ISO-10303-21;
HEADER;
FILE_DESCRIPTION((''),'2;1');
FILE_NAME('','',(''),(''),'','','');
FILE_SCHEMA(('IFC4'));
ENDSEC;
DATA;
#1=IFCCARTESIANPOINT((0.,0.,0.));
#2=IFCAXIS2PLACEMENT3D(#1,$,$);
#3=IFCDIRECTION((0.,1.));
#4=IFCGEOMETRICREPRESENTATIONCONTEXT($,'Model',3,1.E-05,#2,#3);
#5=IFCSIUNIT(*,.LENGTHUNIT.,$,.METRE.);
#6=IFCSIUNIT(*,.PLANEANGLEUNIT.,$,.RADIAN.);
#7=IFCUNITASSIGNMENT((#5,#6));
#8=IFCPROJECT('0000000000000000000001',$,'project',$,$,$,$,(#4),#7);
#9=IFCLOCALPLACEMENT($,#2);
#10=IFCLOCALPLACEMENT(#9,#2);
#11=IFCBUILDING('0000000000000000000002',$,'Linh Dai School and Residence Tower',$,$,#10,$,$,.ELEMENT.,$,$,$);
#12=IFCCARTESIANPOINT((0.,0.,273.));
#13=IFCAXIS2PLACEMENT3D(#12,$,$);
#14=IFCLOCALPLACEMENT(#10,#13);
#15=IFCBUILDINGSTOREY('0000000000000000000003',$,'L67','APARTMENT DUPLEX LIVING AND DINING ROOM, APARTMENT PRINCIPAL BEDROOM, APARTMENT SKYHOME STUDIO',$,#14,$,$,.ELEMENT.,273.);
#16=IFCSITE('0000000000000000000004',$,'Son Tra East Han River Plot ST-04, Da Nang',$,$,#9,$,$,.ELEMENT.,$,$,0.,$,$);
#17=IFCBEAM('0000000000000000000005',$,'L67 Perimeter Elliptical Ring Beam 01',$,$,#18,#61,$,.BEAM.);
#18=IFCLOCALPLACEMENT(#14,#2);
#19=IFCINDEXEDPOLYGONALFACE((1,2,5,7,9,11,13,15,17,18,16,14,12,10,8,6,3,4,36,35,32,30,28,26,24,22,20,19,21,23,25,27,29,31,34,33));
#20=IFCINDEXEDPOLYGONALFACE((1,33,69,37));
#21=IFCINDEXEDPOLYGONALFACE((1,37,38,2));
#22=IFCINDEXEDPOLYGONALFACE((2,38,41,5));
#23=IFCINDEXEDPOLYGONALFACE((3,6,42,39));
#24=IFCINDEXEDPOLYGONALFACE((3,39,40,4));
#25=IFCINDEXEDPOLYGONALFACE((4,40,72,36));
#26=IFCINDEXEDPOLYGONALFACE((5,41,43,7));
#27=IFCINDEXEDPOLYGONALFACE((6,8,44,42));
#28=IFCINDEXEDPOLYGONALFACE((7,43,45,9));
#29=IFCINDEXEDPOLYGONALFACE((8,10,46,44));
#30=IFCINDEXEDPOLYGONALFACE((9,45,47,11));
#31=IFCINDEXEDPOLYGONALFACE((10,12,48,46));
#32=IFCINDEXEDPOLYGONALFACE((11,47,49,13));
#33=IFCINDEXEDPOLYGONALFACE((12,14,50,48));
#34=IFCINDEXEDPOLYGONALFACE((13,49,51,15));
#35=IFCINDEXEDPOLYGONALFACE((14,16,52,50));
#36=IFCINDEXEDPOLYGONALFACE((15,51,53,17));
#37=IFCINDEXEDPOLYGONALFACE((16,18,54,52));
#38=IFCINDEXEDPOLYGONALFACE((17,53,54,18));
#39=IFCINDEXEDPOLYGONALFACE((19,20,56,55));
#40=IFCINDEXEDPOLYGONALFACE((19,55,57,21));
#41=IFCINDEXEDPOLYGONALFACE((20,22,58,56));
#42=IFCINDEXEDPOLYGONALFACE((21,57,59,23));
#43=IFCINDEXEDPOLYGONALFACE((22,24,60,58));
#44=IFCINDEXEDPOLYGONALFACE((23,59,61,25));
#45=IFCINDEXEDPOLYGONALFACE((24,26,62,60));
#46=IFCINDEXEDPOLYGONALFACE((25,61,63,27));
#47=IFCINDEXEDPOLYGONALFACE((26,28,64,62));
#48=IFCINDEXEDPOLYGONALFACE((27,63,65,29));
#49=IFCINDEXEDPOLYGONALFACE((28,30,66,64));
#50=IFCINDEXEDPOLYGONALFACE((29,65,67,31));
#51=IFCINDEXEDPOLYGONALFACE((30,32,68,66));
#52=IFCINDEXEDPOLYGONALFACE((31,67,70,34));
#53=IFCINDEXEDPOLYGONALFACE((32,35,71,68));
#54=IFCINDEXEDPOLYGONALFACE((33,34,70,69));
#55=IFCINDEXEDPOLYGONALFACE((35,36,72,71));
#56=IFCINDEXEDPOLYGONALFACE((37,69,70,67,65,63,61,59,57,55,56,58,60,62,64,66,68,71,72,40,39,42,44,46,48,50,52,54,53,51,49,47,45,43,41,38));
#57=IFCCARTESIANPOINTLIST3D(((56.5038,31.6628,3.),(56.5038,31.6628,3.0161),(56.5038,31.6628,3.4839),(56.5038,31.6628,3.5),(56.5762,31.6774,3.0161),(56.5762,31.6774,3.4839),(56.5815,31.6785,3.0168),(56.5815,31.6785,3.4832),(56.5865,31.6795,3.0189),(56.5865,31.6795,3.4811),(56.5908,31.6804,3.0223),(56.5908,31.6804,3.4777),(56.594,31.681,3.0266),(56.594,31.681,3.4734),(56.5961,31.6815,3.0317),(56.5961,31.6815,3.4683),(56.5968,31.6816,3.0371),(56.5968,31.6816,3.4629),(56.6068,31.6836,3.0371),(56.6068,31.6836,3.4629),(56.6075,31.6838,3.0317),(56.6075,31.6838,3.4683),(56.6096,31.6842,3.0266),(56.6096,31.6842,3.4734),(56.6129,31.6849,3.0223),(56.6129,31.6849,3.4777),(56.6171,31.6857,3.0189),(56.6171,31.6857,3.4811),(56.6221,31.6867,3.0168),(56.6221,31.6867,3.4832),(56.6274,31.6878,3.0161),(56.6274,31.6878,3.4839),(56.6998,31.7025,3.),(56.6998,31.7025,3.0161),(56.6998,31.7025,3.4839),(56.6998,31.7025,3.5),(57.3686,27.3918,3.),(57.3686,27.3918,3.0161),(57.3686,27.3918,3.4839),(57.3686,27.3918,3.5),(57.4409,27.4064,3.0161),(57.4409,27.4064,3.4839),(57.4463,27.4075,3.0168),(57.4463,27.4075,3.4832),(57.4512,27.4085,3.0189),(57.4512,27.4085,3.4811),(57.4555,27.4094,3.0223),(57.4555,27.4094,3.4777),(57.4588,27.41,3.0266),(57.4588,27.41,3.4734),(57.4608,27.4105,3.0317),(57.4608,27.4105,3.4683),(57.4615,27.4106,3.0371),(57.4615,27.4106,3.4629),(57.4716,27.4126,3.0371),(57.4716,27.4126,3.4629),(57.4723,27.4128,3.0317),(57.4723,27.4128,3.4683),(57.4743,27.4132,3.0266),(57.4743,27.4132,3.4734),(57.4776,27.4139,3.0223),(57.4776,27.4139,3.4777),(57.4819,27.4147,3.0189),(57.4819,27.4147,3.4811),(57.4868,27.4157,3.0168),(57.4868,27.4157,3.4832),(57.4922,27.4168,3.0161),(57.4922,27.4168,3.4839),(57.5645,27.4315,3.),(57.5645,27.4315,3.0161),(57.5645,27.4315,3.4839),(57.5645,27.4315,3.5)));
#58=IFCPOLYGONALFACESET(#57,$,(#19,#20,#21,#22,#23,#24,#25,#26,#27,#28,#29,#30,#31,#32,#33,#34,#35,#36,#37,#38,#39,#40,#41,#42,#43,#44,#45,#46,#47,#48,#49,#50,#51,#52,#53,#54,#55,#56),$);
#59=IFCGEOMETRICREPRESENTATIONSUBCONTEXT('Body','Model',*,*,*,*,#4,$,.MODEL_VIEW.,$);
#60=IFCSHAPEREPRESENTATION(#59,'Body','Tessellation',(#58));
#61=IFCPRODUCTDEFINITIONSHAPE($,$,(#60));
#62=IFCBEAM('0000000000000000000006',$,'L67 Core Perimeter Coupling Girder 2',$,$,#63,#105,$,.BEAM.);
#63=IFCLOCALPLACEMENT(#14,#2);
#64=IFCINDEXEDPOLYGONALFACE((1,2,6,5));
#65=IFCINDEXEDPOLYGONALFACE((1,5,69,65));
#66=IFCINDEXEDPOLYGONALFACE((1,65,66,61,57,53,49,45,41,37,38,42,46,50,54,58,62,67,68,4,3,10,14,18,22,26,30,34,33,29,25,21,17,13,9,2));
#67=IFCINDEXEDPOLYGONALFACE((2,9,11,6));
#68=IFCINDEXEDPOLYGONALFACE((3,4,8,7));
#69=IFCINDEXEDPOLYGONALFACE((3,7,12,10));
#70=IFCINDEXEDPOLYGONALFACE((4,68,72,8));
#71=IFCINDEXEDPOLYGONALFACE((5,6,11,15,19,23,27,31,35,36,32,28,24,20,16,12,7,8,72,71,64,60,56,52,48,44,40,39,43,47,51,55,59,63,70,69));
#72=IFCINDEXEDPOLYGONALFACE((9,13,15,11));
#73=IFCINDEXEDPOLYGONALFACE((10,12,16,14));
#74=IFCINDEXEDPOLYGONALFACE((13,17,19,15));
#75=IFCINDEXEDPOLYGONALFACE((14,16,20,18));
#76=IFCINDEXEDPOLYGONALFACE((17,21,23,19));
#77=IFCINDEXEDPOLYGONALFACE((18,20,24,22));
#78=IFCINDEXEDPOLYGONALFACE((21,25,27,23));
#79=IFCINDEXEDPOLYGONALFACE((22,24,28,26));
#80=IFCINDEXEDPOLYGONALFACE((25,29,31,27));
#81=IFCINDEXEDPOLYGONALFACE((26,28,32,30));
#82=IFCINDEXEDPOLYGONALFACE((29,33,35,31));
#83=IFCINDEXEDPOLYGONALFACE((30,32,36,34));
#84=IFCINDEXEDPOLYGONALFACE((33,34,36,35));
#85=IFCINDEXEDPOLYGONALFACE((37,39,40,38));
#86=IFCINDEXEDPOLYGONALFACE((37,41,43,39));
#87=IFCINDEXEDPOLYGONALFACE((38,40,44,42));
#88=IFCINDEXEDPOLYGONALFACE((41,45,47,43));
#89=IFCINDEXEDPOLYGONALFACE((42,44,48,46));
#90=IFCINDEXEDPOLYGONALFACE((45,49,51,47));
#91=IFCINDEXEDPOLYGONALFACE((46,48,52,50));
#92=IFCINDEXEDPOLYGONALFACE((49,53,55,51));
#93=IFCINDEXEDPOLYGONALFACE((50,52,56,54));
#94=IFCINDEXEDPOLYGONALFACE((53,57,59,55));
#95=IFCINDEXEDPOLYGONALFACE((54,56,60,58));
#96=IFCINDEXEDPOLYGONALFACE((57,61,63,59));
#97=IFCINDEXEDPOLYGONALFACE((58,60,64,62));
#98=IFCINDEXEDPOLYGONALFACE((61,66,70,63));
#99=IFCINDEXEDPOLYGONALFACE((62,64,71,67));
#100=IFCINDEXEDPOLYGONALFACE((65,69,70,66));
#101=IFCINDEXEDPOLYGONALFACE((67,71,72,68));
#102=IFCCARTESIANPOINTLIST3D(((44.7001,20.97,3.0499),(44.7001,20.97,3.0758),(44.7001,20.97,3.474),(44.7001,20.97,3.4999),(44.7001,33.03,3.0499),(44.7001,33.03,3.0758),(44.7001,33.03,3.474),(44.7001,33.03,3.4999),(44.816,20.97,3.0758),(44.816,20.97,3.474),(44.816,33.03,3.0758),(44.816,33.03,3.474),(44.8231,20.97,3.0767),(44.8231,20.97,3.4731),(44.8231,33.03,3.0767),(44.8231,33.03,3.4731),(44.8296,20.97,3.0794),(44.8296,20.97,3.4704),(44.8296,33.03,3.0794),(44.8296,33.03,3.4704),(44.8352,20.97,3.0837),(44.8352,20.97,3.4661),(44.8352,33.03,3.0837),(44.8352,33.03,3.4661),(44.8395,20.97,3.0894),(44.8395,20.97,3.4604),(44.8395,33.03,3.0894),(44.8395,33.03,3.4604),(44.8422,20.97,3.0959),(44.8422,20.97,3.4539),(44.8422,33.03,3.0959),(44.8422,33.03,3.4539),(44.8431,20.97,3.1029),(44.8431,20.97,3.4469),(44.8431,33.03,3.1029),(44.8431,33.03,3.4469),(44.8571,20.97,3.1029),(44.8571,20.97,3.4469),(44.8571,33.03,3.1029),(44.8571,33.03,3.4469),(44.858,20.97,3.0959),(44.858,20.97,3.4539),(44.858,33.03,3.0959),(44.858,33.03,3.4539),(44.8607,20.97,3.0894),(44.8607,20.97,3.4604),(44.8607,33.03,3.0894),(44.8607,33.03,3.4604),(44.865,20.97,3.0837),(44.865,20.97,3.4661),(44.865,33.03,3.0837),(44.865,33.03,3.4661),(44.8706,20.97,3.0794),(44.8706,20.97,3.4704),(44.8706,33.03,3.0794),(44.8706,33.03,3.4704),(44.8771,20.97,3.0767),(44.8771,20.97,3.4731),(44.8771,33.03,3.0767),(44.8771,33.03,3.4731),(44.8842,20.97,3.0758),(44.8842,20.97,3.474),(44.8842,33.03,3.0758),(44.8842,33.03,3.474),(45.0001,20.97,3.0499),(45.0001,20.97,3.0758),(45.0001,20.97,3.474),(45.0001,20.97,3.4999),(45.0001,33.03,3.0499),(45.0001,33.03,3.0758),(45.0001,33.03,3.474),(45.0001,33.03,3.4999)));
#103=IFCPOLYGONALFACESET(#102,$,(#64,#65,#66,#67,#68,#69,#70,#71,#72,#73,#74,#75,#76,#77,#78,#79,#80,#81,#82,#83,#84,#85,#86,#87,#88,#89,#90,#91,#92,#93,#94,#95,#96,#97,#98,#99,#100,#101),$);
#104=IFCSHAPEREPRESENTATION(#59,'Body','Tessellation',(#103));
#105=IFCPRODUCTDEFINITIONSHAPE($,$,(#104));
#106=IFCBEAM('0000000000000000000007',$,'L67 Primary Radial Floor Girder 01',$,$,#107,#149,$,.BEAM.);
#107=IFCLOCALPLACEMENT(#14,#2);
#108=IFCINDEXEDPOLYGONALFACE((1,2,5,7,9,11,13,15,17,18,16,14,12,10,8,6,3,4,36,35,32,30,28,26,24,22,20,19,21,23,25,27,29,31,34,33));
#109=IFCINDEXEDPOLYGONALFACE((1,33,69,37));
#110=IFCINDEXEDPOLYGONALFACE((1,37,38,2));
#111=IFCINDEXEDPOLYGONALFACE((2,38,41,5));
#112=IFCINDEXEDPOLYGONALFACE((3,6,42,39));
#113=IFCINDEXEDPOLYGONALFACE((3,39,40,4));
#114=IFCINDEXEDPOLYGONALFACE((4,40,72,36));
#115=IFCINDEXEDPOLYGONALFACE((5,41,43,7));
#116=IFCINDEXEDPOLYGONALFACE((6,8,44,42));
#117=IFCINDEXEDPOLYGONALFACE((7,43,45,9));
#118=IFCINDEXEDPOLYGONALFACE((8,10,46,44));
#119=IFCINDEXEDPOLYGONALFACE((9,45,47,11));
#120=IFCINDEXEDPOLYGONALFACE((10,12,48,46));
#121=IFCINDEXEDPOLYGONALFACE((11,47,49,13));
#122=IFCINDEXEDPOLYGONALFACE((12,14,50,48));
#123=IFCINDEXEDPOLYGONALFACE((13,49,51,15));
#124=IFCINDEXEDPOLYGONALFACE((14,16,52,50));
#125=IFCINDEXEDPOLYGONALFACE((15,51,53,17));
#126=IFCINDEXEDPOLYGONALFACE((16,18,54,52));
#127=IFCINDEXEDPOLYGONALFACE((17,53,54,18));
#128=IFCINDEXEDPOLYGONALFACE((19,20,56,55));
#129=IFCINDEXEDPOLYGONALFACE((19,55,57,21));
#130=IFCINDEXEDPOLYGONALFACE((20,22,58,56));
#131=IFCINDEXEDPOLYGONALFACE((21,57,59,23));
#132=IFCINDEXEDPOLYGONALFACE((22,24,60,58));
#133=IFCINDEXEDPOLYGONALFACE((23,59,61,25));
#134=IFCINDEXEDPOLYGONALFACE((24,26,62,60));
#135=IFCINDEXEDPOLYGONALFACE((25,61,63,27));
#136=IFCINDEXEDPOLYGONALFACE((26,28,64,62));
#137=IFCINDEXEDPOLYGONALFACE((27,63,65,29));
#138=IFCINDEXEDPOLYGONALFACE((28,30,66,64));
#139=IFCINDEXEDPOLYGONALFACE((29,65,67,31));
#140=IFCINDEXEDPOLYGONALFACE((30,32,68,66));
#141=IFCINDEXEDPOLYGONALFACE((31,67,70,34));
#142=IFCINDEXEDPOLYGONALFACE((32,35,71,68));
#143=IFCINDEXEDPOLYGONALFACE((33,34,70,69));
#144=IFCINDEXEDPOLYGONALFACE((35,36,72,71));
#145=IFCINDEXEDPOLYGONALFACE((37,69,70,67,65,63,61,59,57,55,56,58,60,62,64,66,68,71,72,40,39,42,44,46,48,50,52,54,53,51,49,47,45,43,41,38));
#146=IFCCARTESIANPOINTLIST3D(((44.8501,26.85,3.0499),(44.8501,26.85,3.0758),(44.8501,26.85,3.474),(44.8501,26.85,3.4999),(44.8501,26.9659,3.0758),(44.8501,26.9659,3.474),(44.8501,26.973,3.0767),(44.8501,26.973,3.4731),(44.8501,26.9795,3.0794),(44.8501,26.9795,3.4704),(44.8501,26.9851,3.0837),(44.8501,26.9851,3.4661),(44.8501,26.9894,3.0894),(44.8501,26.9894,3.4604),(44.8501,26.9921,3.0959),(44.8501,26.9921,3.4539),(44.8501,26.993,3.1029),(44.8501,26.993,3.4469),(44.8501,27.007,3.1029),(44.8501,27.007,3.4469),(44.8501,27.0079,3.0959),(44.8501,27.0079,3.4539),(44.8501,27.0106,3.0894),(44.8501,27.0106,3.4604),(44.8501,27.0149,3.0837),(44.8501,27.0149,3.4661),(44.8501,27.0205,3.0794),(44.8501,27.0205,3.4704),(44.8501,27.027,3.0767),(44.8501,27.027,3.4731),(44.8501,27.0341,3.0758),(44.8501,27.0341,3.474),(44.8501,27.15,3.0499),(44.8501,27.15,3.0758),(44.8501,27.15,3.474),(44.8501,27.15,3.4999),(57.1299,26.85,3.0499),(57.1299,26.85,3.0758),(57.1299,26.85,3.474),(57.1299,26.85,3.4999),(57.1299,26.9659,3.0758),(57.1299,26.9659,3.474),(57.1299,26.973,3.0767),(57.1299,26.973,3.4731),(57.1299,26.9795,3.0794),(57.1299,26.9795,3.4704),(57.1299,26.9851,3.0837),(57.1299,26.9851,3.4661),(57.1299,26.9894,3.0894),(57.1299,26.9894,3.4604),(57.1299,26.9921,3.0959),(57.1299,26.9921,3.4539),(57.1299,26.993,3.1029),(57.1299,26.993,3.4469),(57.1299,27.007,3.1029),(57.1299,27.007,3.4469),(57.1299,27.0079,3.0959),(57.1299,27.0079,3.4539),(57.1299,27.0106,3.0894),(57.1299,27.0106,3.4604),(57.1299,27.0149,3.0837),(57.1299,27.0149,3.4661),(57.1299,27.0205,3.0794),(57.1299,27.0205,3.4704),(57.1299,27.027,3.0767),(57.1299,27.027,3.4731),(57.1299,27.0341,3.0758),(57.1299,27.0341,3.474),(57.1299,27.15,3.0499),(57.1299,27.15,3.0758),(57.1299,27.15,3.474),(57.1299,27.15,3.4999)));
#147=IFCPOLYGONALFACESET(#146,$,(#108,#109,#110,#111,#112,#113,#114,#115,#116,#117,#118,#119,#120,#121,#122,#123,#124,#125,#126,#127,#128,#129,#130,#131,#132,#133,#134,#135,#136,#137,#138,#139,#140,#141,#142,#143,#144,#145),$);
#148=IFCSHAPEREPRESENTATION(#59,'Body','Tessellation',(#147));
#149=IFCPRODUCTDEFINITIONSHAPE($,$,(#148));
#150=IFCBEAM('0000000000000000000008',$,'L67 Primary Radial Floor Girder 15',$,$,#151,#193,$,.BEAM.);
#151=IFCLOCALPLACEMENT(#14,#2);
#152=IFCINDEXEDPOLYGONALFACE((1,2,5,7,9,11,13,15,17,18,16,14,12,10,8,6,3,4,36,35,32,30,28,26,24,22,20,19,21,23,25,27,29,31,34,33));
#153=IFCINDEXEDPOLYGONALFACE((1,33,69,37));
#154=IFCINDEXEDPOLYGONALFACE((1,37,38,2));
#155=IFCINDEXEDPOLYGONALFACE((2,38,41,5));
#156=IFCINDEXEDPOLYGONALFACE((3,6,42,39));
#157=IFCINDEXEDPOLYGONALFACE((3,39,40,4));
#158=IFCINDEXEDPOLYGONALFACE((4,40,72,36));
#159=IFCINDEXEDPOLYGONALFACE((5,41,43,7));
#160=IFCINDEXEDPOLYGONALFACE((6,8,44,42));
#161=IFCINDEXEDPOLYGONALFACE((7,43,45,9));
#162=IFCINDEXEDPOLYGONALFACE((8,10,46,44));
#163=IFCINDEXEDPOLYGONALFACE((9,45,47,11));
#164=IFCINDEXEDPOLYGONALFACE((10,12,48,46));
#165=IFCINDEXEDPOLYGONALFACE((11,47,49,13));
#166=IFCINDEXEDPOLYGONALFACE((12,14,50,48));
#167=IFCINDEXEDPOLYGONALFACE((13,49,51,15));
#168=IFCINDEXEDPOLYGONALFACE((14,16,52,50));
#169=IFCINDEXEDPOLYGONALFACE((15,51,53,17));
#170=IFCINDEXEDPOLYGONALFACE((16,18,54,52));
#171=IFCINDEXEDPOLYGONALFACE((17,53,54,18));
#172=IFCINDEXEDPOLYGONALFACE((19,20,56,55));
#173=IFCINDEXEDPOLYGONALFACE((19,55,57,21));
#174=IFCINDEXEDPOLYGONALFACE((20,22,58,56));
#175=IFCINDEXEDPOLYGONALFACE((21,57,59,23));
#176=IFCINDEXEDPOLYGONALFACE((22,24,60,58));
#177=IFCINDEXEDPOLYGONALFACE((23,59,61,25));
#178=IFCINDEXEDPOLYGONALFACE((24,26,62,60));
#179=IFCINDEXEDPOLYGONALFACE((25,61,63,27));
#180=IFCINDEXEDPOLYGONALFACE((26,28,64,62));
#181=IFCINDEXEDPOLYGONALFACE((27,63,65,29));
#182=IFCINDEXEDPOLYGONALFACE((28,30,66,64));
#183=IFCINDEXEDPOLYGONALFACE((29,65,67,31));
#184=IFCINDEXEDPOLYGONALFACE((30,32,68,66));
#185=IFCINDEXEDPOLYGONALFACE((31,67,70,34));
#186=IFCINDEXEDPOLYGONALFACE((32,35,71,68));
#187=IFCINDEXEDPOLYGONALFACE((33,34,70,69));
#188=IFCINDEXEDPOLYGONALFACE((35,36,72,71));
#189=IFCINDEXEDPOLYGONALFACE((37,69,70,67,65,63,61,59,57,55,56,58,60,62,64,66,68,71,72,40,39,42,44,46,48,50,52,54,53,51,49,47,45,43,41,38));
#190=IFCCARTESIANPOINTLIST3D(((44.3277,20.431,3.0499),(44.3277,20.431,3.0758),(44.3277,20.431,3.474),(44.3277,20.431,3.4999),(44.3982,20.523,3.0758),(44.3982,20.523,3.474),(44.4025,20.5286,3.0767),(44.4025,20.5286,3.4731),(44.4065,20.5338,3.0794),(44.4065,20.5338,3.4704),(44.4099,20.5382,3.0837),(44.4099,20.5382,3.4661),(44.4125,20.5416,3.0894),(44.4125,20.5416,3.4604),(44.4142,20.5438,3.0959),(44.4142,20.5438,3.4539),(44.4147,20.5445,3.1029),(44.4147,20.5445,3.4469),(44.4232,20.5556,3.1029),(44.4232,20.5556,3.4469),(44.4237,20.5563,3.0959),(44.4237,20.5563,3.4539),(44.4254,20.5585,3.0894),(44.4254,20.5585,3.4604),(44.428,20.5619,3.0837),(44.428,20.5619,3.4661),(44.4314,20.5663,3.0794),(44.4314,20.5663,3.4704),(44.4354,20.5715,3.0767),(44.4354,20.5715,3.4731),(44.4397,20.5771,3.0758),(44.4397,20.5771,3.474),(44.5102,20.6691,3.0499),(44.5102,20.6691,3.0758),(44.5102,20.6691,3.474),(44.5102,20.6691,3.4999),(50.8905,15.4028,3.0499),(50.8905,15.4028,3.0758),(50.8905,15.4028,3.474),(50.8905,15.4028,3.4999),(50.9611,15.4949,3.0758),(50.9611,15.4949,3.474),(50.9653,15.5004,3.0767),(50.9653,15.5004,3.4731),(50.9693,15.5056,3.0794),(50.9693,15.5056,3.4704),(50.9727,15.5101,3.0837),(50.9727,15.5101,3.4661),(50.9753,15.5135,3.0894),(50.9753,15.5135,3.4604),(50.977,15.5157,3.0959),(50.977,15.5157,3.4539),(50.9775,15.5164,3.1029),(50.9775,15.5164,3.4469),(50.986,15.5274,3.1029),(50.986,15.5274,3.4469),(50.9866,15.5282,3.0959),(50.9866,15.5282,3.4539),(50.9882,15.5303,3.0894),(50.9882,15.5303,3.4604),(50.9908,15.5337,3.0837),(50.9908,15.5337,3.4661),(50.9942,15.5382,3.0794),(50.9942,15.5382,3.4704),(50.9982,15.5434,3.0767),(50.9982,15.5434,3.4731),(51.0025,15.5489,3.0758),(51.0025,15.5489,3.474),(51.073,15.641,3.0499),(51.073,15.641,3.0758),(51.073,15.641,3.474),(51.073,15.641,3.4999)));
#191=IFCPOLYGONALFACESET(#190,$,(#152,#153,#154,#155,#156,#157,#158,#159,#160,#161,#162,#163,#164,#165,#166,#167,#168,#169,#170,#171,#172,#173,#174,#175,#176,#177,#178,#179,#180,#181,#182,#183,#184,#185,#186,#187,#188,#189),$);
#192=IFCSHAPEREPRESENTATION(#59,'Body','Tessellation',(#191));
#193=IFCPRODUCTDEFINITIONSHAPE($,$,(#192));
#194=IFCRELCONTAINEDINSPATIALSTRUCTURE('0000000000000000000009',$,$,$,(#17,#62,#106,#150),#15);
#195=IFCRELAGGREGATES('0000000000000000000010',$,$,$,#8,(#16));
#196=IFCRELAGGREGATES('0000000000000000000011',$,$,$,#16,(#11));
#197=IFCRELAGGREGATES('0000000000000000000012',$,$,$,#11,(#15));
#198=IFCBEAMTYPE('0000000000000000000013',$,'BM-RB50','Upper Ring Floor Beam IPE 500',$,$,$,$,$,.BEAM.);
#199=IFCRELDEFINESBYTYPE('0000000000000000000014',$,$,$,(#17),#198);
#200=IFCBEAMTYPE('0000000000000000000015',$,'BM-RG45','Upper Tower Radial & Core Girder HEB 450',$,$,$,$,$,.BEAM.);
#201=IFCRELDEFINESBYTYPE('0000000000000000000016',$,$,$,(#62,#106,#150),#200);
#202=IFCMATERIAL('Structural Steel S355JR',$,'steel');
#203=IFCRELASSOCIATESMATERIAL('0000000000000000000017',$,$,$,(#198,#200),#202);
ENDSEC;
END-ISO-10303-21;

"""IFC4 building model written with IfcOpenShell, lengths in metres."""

from ifc_helpers import new_model, si_unit, direction, frame, origin, origin_2d, place, context, subcontext, project, spatial, i_section, extrude, material, material_profile, profile_set, type_object, element, save


model = new_model("IFC4")

# Units and contexts
model_context = context("Model", 3, precision=1e-05, world=origin(), true_north=direction((0.0, 1.0)))
body_context = subcontext(model_context, "Body", "Model", "MODEL_VIEW")
ifc_project = project(units=[si_unit("LENGTHUNIT", "METRE"), si_unit("PLANEANGLEUNIT", "RADIAN")], contexts=[model_context])

# Site, building, storey
site_placement = place(None, origin())
site = spatial("IfcSite", under=ifc_project, at=site_placement, Name="Son Tra East Han River Plot ST-04, Da Nang", CompositionType="ELEMENT", RefElevation=0.0)
building_placement = place(site_placement, origin())
building = spatial("IfcBuilding", under=site, at=building_placement, Name="Linh Dai School and Residence Tower", CompositionType="ELEMENT")
storey_placement = place(building_placement, frame((0.0, 0.0, 273.0)))
storey = spatial("IfcBuildingStorey", under=building, at=storey_placement, Name="L67", Description="APARTMENT DUPLEX LIVING AND DINING ROOM, APARTMENT PRINCIPAL BEDROOM, APARTMENT SKYHOME STUDIO", CompositionType="ELEMENT", Elevation=273.0)

# Shared definitions
ifc_material_1 = material(Name="Structural Steel S355JR", Category="steel")

# Beams
ifc_material_profile_1 = material_profile(ifc_material_1, i_section(OverallWidth=0.2, OverallDepth=0.5, WebThickness=0.0103, FlangeThickness=0.0161, FilletRadius=0.021, at=origin_2d()), Name="IPE 500")
ifc_profile_set_1 = profile_set([ifc_material_profile_1], Name="Structural Steel S355JR")
beam_type_1 = type_object("IfcBeamType", Name="BM-RB50", Description="Upper Ring Floor Beam IPE 500", PredefinedType="BEAM", material=ifc_profile_set_1)
beam_1_placement = place(storey_placement, frame((57.4666, 27.4116, 3.25), z_axis=(-0.198443, 0.980112, 0.0), x_axis=(-0.980112, -0.198443, 0.0)))
element("IfcBeam", 1, at=beam_1_placement, inside=storey, type_object=beam_type_1, Name="L67 Perimeter Elliptical Ring Beam 01", PredefinedType="BEAM", context=body_context, shape_type="SweptSolid", body=[
    extrude(i_section(OverallWidth=0.2, OverallDepth=0.5, WebThickness=0.0103, FlangeThickness=0.0161, FilletRadius=0.021, at=origin_2d()), origin(), (0.0, 0.0, 1.0), 4.3577),
])
ifc_material_profile_2 = material_profile(ifc_material_1, i_section(OverallWidth=0.3, OverallDepth=0.45, WebThickness=0.0139, FlangeThickness=0.0259, FilletRadius=0.0271, at=origin_2d()), Name="HEB 450")
ifc_profile_set_2 = profile_set([ifc_material_profile_2], Name="Structural Steel S355JR")
beam_type_2 = type_object("IfcBeamType", Name="BM-RG45", Description="Upper Tower Radial & Core Girder HEB 450", PredefinedType="BEAM", material=ifc_profile_set_2)
beam_2_placement = place(storey_placement, frame((44.8501, 20.97, 3.2749), z_axis=(0.0, 1.0, 0.0), x_axis=(-1.0, 0.0, 0.0)))
element("IfcBeam", 2, at=beam_2_placement, inside=storey, type_object=beam_type_2, Name="L67 Core Perimeter Coupling Girder 2", PredefinedType="BEAM", context=body_context, shape_type="SweptSolid", body=[
    extrude(i_section(OverallWidth=0.3, OverallDepth=0.45, WebThickness=0.0139, FlangeThickness=0.0259, FilletRadius=0.0271, at=origin_2d()), origin(), (0.0, 0.0, 1.0), 12.0601),
])
beam_3_placement = place(storey_placement, frame((44.8501, 27.0, 3.2749), z_axis=(1.0, 0.0, 0.0), x_axis=(0.0, 1.0, 0.0)))
element("IfcBeam", 3, at=beam_3_placement, inside=storey, type_object=beam_type_2, Name="L67 Primary Radial Floor Girder 01", PredefinedType="BEAM", context=body_context, shape_type="SweptSolid", body=[
    extrude(i_section(OverallWidth=0.3, OverallDepth=0.45, WebThickness=0.0139, FlangeThickness=0.0259, FilletRadius=0.0271, at=origin_2d()), origin(), (0.0, 0.0, 1.0), 12.2798),
])
beam_4_placement = place(storey_placement, frame((44.4189, 20.55, 3.2749), z_axis=(0.793803, -0.608175, 0.0), x_axis=(0.608175, 0.793803, 0.0)))
element("IfcBeam", 4, at=beam_4_placement, inside=storey, type_object=beam_type_2, Name="L67 Primary Radial Floor Girder 15", PredefinedType="BEAM", context=body_context, shape_type="SweptSolid", body=[
    extrude(i_section(OverallWidth=0.3, OverallDepth=0.45, WebThickness=0.0139, FlangeThickness=0.0259, FilletRadius=0.0271, at=origin_2d()), origin(), (0.0, 0.0, 1.0), 8.2676),
])

save(model, "model.ifc")
